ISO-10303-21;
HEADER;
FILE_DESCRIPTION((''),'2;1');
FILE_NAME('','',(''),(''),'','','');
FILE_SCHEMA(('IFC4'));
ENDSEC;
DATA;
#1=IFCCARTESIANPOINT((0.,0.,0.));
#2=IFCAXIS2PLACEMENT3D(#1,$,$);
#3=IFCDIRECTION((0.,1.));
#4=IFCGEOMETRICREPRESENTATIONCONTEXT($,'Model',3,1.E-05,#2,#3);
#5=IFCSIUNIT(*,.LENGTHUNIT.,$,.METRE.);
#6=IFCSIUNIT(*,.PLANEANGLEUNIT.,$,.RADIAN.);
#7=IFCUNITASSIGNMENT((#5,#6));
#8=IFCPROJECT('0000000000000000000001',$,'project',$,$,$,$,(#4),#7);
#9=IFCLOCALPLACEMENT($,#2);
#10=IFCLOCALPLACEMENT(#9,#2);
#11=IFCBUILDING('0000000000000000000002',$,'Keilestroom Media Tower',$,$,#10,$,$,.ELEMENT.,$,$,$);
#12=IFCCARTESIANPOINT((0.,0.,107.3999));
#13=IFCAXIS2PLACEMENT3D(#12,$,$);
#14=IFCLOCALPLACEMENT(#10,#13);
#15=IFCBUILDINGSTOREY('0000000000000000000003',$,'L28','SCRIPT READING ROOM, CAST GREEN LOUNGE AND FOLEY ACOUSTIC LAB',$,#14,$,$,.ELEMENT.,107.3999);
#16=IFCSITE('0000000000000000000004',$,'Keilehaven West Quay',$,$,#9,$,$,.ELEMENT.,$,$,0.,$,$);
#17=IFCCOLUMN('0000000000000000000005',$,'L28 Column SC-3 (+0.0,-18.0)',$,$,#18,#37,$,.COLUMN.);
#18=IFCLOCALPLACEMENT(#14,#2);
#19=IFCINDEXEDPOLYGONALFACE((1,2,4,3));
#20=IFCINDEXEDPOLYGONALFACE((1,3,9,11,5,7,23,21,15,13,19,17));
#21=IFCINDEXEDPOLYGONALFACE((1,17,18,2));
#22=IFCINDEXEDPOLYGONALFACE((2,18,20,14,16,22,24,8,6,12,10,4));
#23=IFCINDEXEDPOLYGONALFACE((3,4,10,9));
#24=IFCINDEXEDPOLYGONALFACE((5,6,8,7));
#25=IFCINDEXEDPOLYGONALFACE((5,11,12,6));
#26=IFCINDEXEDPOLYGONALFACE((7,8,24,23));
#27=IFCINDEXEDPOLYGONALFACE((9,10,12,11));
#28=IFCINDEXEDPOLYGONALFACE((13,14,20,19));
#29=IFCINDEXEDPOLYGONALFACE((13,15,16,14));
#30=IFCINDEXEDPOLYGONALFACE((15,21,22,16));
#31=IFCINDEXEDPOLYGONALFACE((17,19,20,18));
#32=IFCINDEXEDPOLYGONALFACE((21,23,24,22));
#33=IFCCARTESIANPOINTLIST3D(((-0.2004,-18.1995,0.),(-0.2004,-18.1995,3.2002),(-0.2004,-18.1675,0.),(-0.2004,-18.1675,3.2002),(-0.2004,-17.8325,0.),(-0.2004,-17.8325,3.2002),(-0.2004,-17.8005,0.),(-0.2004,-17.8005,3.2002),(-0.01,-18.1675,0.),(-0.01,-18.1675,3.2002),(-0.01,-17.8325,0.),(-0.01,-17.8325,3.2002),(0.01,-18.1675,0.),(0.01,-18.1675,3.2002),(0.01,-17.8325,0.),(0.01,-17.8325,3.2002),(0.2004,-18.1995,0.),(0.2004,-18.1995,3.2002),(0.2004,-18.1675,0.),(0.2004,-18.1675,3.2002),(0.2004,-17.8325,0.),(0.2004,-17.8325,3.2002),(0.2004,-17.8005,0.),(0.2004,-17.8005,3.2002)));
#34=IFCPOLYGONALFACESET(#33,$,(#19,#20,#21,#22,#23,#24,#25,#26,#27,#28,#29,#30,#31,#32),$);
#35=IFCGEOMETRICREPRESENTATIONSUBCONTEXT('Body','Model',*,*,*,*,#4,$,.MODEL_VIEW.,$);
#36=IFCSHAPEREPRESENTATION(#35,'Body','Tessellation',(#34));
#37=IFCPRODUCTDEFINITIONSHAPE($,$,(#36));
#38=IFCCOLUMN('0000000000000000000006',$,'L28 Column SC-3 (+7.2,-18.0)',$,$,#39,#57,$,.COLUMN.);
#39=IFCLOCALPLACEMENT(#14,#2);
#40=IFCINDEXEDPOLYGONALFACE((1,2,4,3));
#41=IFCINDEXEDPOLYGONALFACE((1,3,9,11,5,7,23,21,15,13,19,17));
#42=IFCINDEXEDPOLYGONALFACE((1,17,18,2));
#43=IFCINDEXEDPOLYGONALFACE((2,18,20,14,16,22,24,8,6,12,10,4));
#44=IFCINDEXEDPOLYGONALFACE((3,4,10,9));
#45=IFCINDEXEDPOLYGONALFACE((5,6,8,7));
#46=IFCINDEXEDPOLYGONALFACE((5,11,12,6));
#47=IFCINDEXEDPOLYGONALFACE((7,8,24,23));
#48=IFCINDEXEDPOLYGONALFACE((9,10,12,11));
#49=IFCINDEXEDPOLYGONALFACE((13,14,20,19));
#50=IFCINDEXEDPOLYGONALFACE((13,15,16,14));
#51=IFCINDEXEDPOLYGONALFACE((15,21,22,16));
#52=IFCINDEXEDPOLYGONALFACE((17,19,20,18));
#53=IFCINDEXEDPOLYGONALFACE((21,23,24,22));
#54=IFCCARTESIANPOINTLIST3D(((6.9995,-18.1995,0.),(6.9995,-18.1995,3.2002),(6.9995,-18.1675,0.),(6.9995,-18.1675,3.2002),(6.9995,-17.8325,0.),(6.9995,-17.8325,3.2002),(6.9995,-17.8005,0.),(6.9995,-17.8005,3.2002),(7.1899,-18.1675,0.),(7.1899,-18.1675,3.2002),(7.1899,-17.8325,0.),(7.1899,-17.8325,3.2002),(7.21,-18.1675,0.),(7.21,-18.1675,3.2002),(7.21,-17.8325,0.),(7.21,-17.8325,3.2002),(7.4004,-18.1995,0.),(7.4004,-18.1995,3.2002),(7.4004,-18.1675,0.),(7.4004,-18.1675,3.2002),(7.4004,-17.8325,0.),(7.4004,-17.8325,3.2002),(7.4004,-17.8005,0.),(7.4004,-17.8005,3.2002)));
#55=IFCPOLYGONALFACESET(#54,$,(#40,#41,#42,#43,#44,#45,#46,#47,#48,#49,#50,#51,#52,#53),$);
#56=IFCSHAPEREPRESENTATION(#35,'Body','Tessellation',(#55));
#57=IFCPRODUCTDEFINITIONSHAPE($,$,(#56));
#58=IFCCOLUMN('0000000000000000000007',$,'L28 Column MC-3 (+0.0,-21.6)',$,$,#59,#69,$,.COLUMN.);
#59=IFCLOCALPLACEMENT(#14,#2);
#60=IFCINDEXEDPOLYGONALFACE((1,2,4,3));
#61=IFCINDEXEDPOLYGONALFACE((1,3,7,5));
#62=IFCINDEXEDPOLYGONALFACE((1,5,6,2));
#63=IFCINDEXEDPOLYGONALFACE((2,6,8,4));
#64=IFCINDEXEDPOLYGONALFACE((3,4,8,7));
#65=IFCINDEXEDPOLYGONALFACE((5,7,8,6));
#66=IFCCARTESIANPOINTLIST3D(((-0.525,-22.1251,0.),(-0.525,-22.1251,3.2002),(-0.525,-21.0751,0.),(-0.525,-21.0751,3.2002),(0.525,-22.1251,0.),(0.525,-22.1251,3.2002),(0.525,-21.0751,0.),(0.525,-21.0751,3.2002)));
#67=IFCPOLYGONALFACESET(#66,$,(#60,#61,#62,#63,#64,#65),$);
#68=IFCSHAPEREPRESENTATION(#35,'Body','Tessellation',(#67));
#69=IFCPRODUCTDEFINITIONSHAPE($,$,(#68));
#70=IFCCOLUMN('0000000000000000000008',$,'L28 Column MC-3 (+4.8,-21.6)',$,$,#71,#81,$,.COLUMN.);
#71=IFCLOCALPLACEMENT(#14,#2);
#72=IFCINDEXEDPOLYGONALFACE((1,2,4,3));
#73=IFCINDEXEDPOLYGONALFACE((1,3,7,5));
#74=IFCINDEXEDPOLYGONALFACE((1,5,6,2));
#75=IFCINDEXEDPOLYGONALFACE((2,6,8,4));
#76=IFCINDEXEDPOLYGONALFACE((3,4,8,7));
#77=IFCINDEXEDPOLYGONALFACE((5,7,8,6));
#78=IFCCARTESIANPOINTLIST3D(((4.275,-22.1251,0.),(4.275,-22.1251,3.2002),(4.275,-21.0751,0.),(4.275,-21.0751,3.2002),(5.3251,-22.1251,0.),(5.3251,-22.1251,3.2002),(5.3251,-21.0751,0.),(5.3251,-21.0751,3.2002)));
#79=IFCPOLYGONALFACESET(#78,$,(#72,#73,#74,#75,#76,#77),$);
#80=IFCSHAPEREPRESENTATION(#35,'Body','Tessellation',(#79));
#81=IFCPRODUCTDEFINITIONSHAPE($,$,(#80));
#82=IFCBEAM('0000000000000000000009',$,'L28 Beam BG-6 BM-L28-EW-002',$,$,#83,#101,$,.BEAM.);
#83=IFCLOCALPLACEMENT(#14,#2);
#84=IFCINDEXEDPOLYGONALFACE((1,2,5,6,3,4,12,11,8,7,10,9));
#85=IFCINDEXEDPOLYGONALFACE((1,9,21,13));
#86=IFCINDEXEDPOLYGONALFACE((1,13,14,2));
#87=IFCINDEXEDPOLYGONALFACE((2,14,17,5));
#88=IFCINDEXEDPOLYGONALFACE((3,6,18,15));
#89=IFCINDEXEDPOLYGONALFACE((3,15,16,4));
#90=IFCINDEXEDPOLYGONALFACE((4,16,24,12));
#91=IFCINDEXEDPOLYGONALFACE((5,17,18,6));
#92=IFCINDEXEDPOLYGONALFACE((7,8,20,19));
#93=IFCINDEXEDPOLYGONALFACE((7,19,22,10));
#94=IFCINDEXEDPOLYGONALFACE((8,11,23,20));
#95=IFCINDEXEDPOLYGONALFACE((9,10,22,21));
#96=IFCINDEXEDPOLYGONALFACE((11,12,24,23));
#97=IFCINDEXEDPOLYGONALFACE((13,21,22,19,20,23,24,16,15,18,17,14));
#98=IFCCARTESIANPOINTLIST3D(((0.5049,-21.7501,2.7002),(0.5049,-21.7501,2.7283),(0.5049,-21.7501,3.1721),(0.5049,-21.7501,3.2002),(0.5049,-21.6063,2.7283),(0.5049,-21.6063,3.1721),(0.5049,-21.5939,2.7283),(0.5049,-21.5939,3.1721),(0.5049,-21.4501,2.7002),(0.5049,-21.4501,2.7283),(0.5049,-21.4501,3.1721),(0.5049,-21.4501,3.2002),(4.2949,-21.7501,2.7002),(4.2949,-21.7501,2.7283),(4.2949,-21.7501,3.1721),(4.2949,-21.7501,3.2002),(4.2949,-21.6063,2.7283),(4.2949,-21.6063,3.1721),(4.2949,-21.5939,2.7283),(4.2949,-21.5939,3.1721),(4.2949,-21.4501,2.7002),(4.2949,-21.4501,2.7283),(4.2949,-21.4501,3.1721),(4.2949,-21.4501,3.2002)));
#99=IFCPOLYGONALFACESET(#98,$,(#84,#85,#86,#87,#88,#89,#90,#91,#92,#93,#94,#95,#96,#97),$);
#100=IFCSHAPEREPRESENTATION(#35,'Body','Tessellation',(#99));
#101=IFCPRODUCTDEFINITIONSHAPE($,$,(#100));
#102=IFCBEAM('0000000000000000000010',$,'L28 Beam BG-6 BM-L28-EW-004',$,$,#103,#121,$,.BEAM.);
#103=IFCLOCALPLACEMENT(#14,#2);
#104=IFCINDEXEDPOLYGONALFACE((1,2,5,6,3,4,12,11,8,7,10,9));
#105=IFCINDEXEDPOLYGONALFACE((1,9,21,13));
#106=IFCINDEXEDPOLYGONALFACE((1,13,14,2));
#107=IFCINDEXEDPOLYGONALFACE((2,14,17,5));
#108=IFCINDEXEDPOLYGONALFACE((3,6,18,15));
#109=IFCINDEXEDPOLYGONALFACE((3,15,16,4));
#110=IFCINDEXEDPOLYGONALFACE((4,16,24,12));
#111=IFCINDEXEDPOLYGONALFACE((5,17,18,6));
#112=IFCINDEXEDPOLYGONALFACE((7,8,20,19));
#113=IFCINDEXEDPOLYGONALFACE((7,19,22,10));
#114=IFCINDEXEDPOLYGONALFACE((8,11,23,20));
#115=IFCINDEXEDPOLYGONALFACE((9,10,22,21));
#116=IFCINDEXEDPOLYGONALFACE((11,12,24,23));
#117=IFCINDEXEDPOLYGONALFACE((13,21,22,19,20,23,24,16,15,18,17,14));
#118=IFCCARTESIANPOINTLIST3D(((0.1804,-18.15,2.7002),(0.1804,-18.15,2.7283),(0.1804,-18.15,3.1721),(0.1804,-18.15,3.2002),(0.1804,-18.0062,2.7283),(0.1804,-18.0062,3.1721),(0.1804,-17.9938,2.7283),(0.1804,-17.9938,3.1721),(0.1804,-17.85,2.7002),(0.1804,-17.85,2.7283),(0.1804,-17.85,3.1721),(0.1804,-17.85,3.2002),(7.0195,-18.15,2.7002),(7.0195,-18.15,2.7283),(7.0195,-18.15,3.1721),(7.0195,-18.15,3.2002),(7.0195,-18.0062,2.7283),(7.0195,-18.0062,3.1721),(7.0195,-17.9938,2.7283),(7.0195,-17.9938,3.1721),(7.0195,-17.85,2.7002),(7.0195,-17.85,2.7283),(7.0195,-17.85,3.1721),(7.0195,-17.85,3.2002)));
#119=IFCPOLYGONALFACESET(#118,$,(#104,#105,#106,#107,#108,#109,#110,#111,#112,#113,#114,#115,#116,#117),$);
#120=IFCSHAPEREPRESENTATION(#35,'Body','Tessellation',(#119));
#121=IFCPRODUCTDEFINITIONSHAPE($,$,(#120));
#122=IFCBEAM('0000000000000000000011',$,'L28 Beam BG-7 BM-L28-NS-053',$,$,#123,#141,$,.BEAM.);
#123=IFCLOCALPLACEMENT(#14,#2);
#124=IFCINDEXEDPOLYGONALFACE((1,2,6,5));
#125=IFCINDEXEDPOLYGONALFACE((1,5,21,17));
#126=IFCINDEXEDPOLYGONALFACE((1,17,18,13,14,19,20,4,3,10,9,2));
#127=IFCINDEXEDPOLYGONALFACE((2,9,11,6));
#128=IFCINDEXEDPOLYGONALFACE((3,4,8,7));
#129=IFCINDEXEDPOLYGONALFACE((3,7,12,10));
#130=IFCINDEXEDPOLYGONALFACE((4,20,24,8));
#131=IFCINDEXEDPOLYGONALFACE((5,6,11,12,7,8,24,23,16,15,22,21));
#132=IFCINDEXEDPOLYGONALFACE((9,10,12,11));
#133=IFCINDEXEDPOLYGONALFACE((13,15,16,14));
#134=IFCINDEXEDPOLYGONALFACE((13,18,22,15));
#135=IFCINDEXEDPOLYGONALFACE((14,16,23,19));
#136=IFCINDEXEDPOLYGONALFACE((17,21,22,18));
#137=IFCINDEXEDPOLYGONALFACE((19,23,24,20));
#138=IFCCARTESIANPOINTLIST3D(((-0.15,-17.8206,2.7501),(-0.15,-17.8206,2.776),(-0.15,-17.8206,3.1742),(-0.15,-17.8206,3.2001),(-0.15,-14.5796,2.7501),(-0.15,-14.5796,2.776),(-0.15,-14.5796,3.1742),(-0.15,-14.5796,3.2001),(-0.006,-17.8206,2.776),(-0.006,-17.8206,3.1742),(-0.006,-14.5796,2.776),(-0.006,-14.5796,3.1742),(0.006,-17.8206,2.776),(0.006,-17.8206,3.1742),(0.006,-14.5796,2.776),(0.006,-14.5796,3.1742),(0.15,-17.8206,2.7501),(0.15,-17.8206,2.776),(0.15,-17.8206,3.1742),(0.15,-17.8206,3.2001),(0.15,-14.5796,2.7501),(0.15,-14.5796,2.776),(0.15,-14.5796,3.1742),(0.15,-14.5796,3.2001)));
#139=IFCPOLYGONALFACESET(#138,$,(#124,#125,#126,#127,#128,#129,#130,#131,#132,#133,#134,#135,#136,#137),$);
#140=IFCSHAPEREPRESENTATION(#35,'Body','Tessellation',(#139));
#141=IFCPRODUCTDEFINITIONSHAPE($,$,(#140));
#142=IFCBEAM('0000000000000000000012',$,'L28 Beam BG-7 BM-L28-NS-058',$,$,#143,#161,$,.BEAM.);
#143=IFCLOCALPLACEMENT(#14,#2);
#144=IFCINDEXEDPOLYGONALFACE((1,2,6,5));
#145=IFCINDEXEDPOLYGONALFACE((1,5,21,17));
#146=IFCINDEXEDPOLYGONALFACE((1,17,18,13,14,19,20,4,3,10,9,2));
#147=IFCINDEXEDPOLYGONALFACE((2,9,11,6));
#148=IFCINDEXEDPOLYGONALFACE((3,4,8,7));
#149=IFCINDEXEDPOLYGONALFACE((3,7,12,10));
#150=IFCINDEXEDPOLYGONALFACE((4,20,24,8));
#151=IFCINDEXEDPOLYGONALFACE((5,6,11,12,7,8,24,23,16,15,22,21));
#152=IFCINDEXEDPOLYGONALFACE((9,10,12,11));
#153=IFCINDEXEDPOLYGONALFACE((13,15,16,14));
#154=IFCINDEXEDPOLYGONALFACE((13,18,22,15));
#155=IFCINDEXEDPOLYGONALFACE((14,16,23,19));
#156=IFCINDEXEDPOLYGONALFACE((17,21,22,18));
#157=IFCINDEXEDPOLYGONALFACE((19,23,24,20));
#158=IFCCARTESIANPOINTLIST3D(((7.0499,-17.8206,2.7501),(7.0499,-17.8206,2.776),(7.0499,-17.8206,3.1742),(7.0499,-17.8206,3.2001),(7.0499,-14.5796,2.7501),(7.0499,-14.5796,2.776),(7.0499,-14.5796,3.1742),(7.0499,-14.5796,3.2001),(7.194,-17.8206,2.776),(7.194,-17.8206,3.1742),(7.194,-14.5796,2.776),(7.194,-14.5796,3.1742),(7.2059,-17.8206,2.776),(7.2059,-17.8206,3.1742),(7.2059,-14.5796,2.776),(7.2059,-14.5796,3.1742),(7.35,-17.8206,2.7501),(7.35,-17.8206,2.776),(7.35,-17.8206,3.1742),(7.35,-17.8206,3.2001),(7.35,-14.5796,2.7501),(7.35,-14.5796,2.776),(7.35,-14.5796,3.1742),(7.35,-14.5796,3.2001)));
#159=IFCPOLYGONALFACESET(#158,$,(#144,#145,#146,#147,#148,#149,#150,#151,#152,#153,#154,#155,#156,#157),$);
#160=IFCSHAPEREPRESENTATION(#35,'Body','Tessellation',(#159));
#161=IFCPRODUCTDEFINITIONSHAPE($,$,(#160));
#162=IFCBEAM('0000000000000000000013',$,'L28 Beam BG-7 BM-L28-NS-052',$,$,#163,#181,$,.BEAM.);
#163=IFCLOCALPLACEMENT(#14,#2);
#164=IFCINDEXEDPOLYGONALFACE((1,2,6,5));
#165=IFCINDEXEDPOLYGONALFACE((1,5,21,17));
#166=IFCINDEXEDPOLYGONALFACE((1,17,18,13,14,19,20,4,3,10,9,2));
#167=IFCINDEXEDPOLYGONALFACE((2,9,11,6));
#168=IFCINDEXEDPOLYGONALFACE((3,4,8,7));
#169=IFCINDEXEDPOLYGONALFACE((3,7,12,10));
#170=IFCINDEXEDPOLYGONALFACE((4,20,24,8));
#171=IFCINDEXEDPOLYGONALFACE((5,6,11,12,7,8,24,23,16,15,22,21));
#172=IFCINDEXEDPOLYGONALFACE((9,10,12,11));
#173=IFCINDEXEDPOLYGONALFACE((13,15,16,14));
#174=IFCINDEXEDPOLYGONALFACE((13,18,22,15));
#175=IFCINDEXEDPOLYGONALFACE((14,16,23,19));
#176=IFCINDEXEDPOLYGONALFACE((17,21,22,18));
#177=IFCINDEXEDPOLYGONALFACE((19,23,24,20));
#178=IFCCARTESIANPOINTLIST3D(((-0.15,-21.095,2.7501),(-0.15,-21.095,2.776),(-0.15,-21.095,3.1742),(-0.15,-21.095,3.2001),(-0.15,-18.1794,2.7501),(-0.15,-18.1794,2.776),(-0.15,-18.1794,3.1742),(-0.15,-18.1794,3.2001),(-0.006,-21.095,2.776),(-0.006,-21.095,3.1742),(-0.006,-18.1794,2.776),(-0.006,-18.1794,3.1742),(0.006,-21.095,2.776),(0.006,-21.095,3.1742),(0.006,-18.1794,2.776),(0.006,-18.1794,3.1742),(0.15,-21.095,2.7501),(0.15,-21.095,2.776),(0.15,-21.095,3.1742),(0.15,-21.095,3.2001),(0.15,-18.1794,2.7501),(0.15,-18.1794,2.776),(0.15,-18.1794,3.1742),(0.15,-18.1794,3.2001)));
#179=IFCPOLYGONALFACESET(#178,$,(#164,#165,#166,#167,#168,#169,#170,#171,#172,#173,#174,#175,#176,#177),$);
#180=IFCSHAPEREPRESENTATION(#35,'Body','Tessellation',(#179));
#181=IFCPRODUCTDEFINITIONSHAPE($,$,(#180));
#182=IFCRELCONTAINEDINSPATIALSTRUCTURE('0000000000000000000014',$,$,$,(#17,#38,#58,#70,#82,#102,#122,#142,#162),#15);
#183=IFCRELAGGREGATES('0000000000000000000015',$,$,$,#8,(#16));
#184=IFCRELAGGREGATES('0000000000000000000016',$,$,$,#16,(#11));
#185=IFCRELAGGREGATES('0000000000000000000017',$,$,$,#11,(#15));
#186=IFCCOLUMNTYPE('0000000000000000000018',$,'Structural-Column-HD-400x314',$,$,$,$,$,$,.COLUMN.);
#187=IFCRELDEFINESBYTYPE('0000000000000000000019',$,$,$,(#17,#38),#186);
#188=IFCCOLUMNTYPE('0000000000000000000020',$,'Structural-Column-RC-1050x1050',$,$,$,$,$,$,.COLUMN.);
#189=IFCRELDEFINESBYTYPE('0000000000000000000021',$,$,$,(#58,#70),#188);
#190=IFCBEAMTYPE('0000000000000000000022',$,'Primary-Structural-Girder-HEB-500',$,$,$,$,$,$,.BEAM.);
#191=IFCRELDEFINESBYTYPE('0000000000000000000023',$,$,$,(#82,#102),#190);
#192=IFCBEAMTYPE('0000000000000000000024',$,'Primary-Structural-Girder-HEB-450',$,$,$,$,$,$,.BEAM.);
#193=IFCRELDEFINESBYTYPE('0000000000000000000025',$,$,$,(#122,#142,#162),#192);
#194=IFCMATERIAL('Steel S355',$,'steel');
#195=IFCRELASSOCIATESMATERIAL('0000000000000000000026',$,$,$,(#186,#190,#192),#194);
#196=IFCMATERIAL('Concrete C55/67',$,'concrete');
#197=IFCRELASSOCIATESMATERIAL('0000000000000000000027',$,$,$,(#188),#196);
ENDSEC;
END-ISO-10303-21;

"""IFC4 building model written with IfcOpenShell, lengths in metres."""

from ifc_helpers import new_model, si_unit, direction, frame, origin, origin_2d, place, context, subcontext, project, spatial, rectangle, i_section, extrude, source, transform, mapped, material, material_profile, profile_set, type_object, element, save


model = new_model("IFC4")

# Units and contexts
model_context = context("Model", 3, precision=1e-05, world=origin(), true_north=direction((0.0, 1.0)))
body_context = subcontext(model_context, "Body", "Model", "MODEL_VIEW")
ifc_project = project(units=[si_unit("LENGTHUNIT", "METRE"), si_unit("PLANEANGLEUNIT", "RADIAN")], contexts=[model_context])

# Site, building, storey
site_placement = place(None, origin())
site = spatial("IfcSite", under=ifc_project, at=site_placement, Name="Keilehaven West Quay", CompositionType="ELEMENT", RefElevation=0.0)
building_placement = place(site_placement, origin())
building = spatial("IfcBuilding", under=site, at=building_placement, Name="Keilestroom Media Tower", CompositionType="ELEMENT")
storey_placement = place(building_placement, frame((0.0, 0.0, 107.3999)))
storey = spatial("IfcBuildingStorey", under=building, at=storey_placement, Name="L28", Description="SCRIPT READING ROOM, CAST GREEN LOUNGE AND FOLEY ACOUSTIC LAB", CompositionType="ELEMENT", Elevation=107.3999)

# Columns
ifc_material_1 = material(Name="Steel S355", Category="steel")
ifc_material_profile_1 = material_profile(ifc_material_1, i_section(OverallWidth=0.4009, OverallDepth=0.3989, WebThickness=0.02, FlangeThickness=0.032, at=origin_2d()), Name="HD 400x314")
ifc_profile_set_1 = profile_set([ifc_material_profile_1], Name="Steel S355")
column_type_1 = type_object("IfcColumnType", Name="Structural-Column-HD-400x314", PredefinedType="COLUMN", material=ifc_profile_set_1)
shared_shape_1 = source(origin(), body_context, "Body", "SweptSolid", [
    extrude(i_section(OverallWidth=0.4009, OverallDepth=0.3989, WebThickness=0.02, FlangeThickness=0.032, at=origin_2d()), origin(), (0.0, 0.0, 1.0), 3.2002),
])
for number, where, z_axis, x_axis, name in (
    (1, (0.0, -18.0, 0.0), (0.0, 0.0, 1.0), (1.0, 0.0, 0.0), "L28 Column SC-3 (+0.0,-18.0)"),
    (2, (7.2, -18.0, 0.0), (0.0, 0.0, 1.0), (1.0, 0.0, 0.0), "L28 Column SC-3 (+7.2,-18.0)"),
):
    element("IfcColumn", number, at=place(storey_placement, frame(where, z_axis=z_axis, x_axis=x_axis)), inside=storey, type_object=column_type_1, Name=name, PredefinedType="COLUMN", context=body_context, shape_type="MappedRepresentation", body=[
        mapped(shared_shape_1, transform((0.0, 0.0, 0.0), x_axis=(1.0, 0.0, 0.0), y_axis=(0.0, 1.0, 0.0), z_axis=(0.0, 0.0, 1.0), scale=1.0)),
    ])
ifc_material_2 = material(Name="Concrete C55/67", Category="concrete")
ifc_material_profile_2 = material_profile(ifc_material_2, rectangle(XDim=1.05, YDim=1.05, at=origin_2d()), Name="RC 1050x1050")
ifc_profile_set_2 = profile_set([ifc_material_profile_2], Name="Concrete C55/67")
column_type_2 = type_object("IfcColumnType", Name="Structural-Column-RC-1050x1050", PredefinedType="COLUMN", material=ifc_profile_set_2)
shared_shape_2 = source(origin(), body_context, "Body", "SweptSolid", [
    extrude(rectangle(XDim=1.05, YDim=1.05, at=origin_2d()), origin(), (0.0, 0.0, 1.0), 3.2002),
])
for number, where, z_axis, x_axis, name in (
    (3, (0.0, -21.6001, 0.0), (0.0, 0.0, 1.0), (1.0, 0.0, 0.0), "L28 Column MC-3 (+0.0,-21.6)"),
    (4, (4.8, -21.6001, 0.0), (0.0, 0.0, 1.0), (1.0, 0.0, 0.0), "L28 Column MC-3 (+4.8,-21.6)"),
):
    element("IfcColumn", number, at=place(storey_placement, frame(where, z_axis=z_axis, x_axis=x_axis)), inside=storey, type_object=column_type_2, Name=name, PredefinedType="COLUMN", context=body_context, shape_type="MappedRepresentation", body=[
        mapped(shared_shape_2, transform((0.0, 0.0, 0.0), x_axis=(1.0, 0.0, 0.0), y_axis=(0.0, 1.0, 0.0), z_axis=(0.0, 0.0, 1.0), scale=1.0)),
    ])

# Beams
ifc_material_profile_3 = material_profile(ifc_material_1, i_section(OverallWidth=0.3, OverallDepth=0.5, WebThickness=0.0125, FlangeThickness=0.0281, at=origin_2d()), Name="HEB 500")
ifc_profile_set_3 = profile_set([ifc_material_profile_3], Name="Steel S355")
beam_type_1 = type_object("IfcBeamType", Name="Primary-Structural-Girder-HEB-500", PredefinedType="BEAM", material=ifc_profile_set_3)
shared_shape_3 = source(origin(), body_context, "Body", "SweptSolid", [
    extrude(i_section(OverallWidth=0.3, OverallDepth=0.5, WebThickness=0.0125, FlangeThickness=0.0281, at=origin_2d()), origin(), (0.0, 0.0, 1.0), 3.79),
])
beam_1_placement = place(storey_placement, frame((0.5049, -21.6001, 2.9502), z_axis=(1.0, 0.0, 0.0), x_axis=(0.0, 1.0, 0.0)))
element("IfcBeam", 5, at=beam_1_placement, inside=storey, type_object=beam_type_1, Name="L28 Beam BG-6 BM-L28-EW-002", PredefinedType="BEAM", context=body_context, shape_type="MappedRepresentation", body=[
    mapped(shared_shape_3, transform((0.0, 0.0, 0.0), x_axis=(1.0, 0.0, 0.0), y_axis=(0.0, 1.0, 0.0), z_axis=(0.0, 0.0, 1.0), scale=1.0)),
])
shared_shape_4 = source(origin(), body_context, "Body", "SweptSolid", [
    extrude(i_section(OverallWidth=0.3, OverallDepth=0.5, WebThickness=0.0125, FlangeThickness=0.0281, at=origin_2d()), origin(), (0.0, 0.0, 1.0), 6.8391),
])
beam_2_placement = place(storey_placement, frame((0.1804, -18.0, 2.9502), z_axis=(1.0, 0.0, 0.0), x_axis=(0.0, 1.0, 0.0)))
element("IfcBeam", 6, at=beam_2_placement, inside=storey, type_object=beam_type_1, Name="L28 Beam BG-6 BM-L28-EW-004", PredefinedType="BEAM", context=body_context, shape_type="MappedRepresentation", body=[
    mapped(shared_shape_4, transform((0.0, 0.0, 0.0), x_axis=(1.0, 0.0, 0.0), y_axis=(0.0, 1.0, 0.0), z_axis=(0.0, 0.0, 1.0), scale=1.0)),
])
ifc_material_profile_4 = material_profile(ifc_material_1, i_section(OverallWidth=0.3, OverallDepth=0.45, WebThickness=0.012, FlangeThickness=0.0259, at=origin_2d()), Name="HEB 450")
ifc_profile_set_4 = profile_set([ifc_material_profile_4], Name="Steel S355")
beam_type_2 = type_object("IfcBeamType", Name="Primary-Structural-Girder-HEB-450", PredefinedType="BEAM", material=ifc_profile_set_4)
shared_shape_5 = source(origin(), body_context, "Body", "SweptSolid", [
    extrude(i_section(OverallWidth=0.3, OverallDepth=0.45, WebThickness=0.012, FlangeThickness=0.0259, at=origin_2d()), origin(), (0.0, 0.0, 1.0), 3.241),
])
for number, where, z_axis, x_axis, name in (
    (7, (0.0, -17.8206, 2.9751), (0.0, 1.0, 0.0), (-1.0, 0.0, 0.0), "L28 Beam BG-7 BM-L28-NS-053"),
    (8, (7.2, -17.8206, 2.9751), (0.0, 1.0, 0.0), (-1.0, 0.0, 0.0), "L28 Beam BG-7 BM-L28-NS-058"),
):
    element("IfcBeam", number, at=place(storey_placement, frame(where, z_axis=z_axis, x_axis=x_axis)), inside=storey, type_object=beam_type_2, Name=name, PredefinedType="BEAM", context=body_context, shape_type="MappedRepresentation", body=[
        mapped(shared_shape_5, transform((0.0, 0.0, 0.0), x_axis=(1.0, 0.0, 0.0), y_axis=(0.0, 1.0, 0.0), z_axis=(0.0, 0.0, 1.0), scale=1.0)),
    ])
shared_shape_6 = source(origin(), body_context, "Body", "SweptSolid", [
    extrude(i_section(OverallWidth=0.3, OverallDepth=0.45, WebThickness=0.012, FlangeThickness=0.0259, at=origin_2d()), origin(), (0.0, 0.0, 1.0), 2.9155),
])
beam_3_placement = place(storey_placement, frame((0.0, -21.095, 2.9751), z_axis=(0.0, 1.0, 0.0), x_axis=(-1.0, 0.0, 0.0)))
element("IfcBeam", 9, at=beam_3_placement, inside=storey, type_object=beam_type_2, Name="L28 Beam BG-7 BM-L28-NS-052", PredefinedType="BEAM", context=body_context, shape_type="MappedRepresentation", body=[
    mapped(shared_shape_6, transform((0.0, 0.0, 0.0), x_axis=(1.0, 0.0, 0.0), y_axis=(0.0, 1.0, 0.0), z_axis=(0.0, 0.0, 1.0), scale=1.0)),
])

save(model, "model.ifc")
